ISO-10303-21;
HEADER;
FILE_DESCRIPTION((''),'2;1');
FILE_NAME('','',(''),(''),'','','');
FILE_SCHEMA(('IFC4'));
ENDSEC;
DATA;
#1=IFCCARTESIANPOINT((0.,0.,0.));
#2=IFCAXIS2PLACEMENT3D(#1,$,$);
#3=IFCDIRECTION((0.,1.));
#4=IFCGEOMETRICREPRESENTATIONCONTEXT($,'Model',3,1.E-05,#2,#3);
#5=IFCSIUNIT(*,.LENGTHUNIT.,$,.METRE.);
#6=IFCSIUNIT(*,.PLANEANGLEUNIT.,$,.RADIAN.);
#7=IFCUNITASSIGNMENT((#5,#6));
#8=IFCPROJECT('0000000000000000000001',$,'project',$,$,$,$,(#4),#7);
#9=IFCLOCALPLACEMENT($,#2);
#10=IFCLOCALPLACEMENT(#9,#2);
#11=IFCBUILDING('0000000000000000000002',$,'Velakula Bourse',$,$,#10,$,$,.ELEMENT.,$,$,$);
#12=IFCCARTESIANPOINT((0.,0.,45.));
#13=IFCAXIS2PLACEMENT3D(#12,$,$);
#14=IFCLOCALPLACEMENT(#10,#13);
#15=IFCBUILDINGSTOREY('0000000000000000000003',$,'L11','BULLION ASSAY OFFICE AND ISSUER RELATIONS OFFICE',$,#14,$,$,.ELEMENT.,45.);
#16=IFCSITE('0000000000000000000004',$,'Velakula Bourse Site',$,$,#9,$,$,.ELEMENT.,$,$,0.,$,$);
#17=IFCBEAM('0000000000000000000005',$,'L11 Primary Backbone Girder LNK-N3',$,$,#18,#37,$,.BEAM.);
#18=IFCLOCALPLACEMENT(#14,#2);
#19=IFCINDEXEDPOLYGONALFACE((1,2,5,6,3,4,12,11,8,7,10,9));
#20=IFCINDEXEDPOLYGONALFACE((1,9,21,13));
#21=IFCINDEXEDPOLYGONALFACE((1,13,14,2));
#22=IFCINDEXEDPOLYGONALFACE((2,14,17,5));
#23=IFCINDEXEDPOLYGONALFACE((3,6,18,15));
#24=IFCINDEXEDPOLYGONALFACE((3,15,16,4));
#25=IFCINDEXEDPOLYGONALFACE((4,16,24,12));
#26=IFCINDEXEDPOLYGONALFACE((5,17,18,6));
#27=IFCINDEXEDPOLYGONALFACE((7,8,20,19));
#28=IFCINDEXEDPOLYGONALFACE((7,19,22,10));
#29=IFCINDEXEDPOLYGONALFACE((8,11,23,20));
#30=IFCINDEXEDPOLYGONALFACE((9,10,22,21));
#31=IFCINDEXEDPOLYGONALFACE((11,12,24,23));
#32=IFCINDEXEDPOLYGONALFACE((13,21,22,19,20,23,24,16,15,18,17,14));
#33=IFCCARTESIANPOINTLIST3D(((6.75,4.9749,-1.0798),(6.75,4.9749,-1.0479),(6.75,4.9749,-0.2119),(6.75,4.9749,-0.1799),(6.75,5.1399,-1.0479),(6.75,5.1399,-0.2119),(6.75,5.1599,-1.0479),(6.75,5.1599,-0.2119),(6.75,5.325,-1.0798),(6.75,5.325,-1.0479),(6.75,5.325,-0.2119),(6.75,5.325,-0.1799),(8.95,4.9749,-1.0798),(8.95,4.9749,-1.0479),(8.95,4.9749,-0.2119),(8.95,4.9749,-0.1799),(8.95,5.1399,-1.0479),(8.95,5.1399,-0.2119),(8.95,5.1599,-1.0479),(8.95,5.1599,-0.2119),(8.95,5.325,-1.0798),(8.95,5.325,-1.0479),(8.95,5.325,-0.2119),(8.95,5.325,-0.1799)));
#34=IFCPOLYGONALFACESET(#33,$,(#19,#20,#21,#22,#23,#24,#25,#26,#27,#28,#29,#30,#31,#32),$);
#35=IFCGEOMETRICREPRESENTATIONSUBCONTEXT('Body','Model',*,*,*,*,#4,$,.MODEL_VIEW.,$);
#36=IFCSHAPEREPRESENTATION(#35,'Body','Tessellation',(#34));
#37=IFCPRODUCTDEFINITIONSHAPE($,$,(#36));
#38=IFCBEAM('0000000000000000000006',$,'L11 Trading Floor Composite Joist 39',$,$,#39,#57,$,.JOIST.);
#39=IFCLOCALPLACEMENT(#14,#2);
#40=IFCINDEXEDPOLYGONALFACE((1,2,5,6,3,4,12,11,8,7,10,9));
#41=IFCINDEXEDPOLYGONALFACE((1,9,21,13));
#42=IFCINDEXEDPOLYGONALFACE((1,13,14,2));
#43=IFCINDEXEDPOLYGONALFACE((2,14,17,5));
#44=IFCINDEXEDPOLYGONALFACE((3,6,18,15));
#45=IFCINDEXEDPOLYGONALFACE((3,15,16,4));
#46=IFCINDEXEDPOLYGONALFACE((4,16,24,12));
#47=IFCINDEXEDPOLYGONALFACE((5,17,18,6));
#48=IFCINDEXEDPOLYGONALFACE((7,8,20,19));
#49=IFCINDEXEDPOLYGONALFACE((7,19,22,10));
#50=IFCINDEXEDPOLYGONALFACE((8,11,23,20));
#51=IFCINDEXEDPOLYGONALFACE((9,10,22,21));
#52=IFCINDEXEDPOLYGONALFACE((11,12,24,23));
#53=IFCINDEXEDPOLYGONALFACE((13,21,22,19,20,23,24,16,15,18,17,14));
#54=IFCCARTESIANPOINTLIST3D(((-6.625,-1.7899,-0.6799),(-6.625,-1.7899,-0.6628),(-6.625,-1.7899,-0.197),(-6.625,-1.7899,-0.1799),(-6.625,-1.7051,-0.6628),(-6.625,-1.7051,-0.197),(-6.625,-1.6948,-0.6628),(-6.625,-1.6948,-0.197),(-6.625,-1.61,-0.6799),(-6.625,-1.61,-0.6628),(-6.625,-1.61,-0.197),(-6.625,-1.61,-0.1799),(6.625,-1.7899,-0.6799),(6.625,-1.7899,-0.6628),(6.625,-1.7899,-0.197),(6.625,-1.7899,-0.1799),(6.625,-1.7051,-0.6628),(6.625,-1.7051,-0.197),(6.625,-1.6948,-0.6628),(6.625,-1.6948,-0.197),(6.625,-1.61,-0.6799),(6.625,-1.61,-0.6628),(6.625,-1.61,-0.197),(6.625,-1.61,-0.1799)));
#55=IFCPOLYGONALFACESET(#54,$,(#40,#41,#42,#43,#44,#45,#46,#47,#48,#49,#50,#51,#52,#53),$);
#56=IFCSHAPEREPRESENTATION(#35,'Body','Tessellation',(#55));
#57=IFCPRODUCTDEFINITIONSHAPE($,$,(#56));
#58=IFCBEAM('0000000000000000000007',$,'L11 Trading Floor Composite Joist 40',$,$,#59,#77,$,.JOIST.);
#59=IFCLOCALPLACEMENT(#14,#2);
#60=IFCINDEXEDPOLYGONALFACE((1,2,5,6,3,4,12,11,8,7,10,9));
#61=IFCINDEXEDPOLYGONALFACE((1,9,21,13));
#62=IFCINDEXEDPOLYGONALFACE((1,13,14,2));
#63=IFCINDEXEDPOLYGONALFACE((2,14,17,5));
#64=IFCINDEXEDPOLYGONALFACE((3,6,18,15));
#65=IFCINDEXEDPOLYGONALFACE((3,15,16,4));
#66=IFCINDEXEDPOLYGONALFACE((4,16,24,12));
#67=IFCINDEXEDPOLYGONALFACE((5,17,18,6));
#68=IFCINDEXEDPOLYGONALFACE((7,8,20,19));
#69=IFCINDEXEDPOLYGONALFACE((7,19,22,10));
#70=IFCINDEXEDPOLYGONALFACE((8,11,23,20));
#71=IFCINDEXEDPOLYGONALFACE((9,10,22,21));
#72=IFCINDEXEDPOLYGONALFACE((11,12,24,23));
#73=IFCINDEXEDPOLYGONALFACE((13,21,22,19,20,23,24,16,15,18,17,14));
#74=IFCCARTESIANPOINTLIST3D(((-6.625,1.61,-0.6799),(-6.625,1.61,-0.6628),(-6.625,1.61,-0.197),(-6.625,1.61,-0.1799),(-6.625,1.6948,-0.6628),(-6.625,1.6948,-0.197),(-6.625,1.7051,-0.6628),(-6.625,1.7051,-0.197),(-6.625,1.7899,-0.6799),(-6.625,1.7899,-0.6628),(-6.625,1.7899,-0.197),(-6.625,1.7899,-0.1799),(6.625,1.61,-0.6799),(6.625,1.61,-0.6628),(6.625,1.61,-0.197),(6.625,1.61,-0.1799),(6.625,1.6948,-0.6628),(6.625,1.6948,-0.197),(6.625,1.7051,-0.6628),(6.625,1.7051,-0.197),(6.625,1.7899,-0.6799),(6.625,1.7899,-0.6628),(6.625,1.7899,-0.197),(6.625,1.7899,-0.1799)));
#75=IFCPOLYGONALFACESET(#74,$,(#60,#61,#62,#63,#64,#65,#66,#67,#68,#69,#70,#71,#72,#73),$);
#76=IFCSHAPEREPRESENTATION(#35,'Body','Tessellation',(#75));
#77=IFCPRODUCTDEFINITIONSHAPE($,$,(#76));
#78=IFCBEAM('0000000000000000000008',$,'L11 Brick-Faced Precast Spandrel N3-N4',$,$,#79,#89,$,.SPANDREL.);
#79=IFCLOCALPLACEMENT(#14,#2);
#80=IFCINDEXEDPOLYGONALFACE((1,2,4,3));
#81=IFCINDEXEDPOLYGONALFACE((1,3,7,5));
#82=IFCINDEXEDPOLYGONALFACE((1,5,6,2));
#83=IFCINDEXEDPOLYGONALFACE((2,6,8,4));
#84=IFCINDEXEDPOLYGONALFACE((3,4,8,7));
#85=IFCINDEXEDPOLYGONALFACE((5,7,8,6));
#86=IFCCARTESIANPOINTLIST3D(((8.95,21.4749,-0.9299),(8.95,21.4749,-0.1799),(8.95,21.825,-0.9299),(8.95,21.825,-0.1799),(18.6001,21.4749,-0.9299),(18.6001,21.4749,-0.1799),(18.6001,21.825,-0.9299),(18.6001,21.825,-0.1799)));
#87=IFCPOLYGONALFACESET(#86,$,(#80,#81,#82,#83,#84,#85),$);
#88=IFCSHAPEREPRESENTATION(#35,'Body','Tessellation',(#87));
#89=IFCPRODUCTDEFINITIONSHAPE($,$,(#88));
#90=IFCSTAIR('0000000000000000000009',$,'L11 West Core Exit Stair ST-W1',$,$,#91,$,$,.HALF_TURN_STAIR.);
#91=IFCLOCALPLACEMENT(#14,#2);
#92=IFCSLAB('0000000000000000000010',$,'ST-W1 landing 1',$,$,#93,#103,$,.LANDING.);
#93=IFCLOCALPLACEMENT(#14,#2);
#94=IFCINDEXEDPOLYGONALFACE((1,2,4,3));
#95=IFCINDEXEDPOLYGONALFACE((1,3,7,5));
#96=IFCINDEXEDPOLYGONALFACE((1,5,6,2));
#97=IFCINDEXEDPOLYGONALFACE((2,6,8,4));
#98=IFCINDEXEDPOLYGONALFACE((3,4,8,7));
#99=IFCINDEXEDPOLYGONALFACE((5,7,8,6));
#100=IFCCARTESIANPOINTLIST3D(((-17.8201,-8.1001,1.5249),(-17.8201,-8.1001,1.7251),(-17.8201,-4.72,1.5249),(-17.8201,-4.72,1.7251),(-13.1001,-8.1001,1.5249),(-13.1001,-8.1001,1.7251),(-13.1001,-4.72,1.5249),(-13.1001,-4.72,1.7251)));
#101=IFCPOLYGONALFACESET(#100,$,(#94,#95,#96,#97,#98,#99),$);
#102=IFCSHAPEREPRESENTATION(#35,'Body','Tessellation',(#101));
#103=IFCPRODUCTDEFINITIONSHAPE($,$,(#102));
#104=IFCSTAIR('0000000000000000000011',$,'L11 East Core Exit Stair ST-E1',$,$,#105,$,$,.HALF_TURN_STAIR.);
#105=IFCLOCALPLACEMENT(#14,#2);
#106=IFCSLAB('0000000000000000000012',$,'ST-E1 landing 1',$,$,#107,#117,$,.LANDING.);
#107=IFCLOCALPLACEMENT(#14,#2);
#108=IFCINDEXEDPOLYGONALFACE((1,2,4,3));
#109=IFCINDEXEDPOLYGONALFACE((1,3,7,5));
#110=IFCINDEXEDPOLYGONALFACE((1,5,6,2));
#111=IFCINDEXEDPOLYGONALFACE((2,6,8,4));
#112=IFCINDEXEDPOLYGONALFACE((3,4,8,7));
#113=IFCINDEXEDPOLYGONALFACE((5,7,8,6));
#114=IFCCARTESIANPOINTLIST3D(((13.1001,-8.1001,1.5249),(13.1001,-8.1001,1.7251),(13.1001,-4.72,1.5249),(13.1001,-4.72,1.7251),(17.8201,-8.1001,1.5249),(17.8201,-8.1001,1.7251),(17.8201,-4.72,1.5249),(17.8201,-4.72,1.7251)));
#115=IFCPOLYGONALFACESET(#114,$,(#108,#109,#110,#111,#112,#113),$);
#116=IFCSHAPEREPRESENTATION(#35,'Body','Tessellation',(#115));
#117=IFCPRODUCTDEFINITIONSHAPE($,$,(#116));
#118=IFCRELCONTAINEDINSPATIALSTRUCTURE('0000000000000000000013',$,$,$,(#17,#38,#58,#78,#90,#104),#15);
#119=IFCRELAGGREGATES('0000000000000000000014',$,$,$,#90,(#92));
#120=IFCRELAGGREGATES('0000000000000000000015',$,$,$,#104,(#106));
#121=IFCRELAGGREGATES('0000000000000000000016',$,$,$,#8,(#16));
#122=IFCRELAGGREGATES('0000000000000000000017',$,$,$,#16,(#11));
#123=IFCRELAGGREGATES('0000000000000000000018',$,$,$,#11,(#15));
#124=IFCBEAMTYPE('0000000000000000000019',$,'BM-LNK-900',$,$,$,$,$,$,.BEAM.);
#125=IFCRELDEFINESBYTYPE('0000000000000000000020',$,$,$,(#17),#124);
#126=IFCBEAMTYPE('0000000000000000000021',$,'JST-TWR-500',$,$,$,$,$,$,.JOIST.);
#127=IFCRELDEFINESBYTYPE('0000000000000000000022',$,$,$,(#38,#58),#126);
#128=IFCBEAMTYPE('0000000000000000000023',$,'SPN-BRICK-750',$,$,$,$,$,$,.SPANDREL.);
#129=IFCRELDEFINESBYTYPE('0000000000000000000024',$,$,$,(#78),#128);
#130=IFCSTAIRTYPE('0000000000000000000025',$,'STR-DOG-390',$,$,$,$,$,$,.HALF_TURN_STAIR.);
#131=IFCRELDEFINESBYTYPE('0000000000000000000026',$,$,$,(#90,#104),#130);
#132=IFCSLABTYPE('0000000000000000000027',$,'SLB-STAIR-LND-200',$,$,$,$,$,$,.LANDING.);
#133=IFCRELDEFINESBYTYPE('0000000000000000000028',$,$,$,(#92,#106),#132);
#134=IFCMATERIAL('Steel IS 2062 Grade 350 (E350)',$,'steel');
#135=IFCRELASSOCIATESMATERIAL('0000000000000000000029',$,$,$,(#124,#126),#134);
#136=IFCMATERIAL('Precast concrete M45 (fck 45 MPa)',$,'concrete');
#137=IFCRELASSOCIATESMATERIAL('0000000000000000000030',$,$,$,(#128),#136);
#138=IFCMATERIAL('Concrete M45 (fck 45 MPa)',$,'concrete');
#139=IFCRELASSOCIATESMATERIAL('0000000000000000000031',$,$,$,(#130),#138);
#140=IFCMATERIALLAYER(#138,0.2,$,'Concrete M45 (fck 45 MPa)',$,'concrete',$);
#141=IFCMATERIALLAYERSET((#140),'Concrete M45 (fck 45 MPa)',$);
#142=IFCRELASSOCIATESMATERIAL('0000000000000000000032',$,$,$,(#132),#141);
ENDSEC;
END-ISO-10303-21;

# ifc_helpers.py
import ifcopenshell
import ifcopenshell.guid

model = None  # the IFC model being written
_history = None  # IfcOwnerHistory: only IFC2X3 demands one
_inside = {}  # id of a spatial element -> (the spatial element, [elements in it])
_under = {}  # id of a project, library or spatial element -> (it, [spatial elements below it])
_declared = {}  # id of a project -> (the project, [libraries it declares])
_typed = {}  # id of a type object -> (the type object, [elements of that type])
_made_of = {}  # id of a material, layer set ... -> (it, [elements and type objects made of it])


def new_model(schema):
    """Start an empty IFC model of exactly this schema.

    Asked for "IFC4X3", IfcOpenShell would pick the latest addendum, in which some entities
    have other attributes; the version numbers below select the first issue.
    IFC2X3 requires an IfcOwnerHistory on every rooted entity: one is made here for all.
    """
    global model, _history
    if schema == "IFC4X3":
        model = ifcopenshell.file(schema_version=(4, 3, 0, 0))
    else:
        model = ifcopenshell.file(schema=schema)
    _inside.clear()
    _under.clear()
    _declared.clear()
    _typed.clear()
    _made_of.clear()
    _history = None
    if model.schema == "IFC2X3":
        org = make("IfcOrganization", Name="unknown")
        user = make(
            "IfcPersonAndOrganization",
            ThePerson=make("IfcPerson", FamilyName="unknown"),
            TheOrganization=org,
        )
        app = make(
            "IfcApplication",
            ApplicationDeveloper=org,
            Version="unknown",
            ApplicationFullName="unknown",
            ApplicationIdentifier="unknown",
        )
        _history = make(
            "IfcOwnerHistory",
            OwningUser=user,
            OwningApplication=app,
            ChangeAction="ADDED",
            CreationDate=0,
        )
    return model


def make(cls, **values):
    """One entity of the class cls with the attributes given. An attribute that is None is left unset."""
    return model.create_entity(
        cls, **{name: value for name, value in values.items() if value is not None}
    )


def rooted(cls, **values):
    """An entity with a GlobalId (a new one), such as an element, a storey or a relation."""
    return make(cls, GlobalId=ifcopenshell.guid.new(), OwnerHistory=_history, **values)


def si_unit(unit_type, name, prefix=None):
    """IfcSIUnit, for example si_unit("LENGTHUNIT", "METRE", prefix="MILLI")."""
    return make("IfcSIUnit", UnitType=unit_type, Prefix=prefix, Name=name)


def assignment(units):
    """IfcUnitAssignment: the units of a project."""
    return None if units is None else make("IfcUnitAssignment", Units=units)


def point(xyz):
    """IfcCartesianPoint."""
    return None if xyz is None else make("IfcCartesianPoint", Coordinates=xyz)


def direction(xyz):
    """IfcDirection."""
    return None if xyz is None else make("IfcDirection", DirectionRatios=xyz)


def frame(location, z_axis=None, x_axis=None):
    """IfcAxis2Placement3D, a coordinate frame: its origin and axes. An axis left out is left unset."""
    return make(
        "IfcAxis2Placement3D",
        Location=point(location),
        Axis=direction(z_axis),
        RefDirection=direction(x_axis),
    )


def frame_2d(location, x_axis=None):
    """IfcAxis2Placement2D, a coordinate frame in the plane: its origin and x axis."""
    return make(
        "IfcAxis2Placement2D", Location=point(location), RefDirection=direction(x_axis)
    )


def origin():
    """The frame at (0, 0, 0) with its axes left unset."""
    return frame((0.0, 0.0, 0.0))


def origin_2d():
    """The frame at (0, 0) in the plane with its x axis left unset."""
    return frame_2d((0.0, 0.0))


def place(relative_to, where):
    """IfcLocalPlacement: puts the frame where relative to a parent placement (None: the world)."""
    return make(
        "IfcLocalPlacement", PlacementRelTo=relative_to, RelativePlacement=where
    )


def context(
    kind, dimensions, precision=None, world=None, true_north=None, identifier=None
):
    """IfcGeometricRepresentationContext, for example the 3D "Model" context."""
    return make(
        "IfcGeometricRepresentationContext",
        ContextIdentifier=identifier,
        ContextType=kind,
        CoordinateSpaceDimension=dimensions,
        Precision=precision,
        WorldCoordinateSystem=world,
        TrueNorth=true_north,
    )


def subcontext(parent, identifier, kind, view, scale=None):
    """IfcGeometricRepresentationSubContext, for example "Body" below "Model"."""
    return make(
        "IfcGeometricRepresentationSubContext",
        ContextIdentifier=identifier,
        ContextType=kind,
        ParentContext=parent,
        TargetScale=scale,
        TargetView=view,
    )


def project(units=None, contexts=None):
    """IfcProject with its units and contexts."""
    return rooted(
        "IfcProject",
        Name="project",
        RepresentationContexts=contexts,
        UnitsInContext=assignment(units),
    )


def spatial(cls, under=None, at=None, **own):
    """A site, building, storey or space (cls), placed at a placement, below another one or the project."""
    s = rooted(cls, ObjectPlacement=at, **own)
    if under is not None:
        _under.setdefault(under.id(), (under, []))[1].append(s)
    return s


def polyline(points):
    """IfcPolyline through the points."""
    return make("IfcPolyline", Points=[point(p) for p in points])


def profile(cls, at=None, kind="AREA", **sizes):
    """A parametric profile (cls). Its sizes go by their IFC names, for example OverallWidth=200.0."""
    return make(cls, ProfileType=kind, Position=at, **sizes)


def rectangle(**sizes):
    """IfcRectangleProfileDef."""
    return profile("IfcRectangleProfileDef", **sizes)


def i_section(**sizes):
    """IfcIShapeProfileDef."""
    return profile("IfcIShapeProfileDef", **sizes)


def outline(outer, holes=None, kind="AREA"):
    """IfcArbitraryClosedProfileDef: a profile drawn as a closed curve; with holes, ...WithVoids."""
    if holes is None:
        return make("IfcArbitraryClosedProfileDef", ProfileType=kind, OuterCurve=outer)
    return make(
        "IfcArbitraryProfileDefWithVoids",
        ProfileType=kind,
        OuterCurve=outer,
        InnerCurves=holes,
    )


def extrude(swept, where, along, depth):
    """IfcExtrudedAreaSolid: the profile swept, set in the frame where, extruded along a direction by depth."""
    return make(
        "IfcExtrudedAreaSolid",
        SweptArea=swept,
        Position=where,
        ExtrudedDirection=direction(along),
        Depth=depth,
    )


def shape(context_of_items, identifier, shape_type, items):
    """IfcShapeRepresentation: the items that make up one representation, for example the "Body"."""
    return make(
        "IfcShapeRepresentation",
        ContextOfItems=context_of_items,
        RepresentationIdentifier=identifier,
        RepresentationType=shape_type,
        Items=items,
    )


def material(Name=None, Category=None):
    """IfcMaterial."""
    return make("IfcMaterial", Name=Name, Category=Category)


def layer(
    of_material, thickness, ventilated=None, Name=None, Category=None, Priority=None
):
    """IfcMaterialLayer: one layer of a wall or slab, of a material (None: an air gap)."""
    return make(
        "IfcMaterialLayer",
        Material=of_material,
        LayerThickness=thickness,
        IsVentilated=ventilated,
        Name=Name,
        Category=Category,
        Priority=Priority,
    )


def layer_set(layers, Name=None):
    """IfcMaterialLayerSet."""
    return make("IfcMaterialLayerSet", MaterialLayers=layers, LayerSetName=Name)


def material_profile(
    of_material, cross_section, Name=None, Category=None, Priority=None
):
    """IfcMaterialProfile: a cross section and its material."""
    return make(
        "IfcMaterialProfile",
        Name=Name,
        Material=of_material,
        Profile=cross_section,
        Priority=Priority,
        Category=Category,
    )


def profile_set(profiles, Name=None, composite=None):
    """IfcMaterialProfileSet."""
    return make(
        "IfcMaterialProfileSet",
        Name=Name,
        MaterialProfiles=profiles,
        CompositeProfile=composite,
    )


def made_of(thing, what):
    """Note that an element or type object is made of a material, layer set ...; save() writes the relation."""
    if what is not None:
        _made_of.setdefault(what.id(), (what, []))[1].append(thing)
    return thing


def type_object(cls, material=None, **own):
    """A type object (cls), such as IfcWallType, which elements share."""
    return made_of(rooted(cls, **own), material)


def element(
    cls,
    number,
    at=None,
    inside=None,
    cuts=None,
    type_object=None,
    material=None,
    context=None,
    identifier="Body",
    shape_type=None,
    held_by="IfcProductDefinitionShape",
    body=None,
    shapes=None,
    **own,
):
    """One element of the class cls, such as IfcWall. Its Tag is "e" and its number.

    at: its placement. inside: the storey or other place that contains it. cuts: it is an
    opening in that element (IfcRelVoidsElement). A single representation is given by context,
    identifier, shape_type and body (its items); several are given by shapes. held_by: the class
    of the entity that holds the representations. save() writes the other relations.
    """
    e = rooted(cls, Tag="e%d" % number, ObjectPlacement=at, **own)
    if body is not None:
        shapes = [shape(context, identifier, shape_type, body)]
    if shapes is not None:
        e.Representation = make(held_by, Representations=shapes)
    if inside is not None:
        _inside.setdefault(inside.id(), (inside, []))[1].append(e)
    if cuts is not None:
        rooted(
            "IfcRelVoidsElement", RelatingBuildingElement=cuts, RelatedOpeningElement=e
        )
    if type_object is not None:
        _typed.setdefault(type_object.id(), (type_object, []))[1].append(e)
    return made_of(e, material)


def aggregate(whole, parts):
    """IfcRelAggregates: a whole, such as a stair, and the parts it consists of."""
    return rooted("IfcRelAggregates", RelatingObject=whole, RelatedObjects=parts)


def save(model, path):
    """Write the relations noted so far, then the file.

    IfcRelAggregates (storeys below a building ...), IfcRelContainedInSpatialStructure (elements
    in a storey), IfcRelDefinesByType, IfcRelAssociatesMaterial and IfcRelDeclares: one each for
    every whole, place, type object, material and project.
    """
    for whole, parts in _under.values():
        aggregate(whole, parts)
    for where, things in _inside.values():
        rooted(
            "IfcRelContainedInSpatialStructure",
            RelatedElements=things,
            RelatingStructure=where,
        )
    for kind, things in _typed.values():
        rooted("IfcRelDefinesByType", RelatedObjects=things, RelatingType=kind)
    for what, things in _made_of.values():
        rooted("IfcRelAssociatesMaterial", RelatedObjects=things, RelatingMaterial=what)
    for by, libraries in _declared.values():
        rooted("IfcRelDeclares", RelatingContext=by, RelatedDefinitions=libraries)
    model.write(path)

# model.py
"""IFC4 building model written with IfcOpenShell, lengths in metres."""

from ifc_helpers import new_model, si_unit, direction, frame, origin, origin_2d, place, context, subcontext, project, spatial, polyline, rectangle, i_section, outline, extrude, material, layer, layer_set, material_profile, profile_set, type_object, element, aggregate, save


model = new_model("IFC4")

# Units and contexts
model_context = context("Model", 3, precision=1e-05, world=origin(), true_north=direction((0.0, 1.0)))
body_context = subcontext(model_context, "Body", "Model", "MODEL_VIEW")
ifc_project = project(units=[si_unit("LENGTHUNIT", "METRE"), si_unit("PLANEANGLEUNIT", "RADIAN")], contexts=[model_context])

# Site, building, storey
site_placement = place(None, origin())
site = spatial("IfcSite", under=ifc_project, at=site_placement, Name="Velakula Bourse Site", CompositionType="ELEMENT", RefElevation=0.0)
building_placement = place(site_placement, origin())
building = spatial("IfcBuilding", under=site, at=building_placement, Name="Velakula Bourse", CompositionType="ELEMENT")
storey_placement = place(building_placement, frame((0.0, 0.0, 45.0)))
storey = spatial("IfcBuildingStorey", under=building, at=storey_placement, Name="L11", Description="BULLION ASSAY OFFICE AND ISSUER RELATIONS OFFICE", CompositionType="ELEMENT", Elevation=45.0)

# Beams
ifc_material_1 = material(Name="Steel IS 2062 Grade 350 (E350)", Category="steel")
ifc_material_profile_1 = material_profile(ifc_material_1, i_section(OverallWidth=0.3501, OverallDepth=0.8999, WebThickness=0.02, FlangeThickness=0.032, at=origin_2d()), Name="Steel IS 2062 Grade 350 (E350)")
ifc_profile_set_1 = profile_set([ifc_material_profile_1], Name="Steel IS 2062 Grade 350 (E350)")
beam_type_1 = type_object("IfcBeamType", Name="BM-LNK-900", PredefinedType="BEAM", material=ifc_profile_set_1)
beam_1_placement = place(storey_placement, frame((6.75, 5.1499, -0.6299), z_axis=(1.0, 0.0, 0.0), x_axis=(0.0, 1.0, 0.0)))
element("IfcBeam", 1, at=beam_1_placement, inside=storey, type_object=beam_type_1, Name="L11 Primary Backbone Girder LNK-N3", PredefinedType="BEAM", context=body_context, shape_type="SweptSolid", body=[
    extrude(i_section(OverallWidth=0.3501, OverallDepth=0.8999, WebThickness=0.02, FlangeThickness=0.032, at=origin_2d()), origin(), (0.0, 0.0, 1.0), 2.2),
])
ifc_material_profile_2 = material_profile(ifc_material_1, i_section(OverallWidth=0.1799, OverallDepth=0.5, WebThickness=0.0103, FlangeThickness=0.0171, at=origin_2d()), Name="Steel IS 2062 Grade 350 (E350)")
ifc_profile_set_2 = profile_set([ifc_material_profile_2], Name="Steel IS 2062 Grade 350 (E350)")
beam_type_2 = type_object("IfcBeamType", Name="JST-TWR-500", PredefinedType="JOIST", material=ifc_profile_set_2)
for number, where, z_axis, x_axis, name in (
    (2, (-6.625, -1.7, -0.4299), (1.0, 0.0, 0.0), (0.0, 1.0, 0.0), "L11 Trading Floor Composite Joist 39"),
    (3, (-6.625, 1.7, -0.4299), (1.0, 0.0, 0.0), (0.0, 1.0, 0.0), "L11 Trading Floor Composite Joist 40"),
):
    element("IfcBeam", number, at=place(storey_placement, frame(where, z_axis=z_axis, x_axis=x_axis)), inside=storey, type_object=beam_type_2, Name=name, PredefinedType="JOIST", context=body_context, shape_type="SweptSolid", body=[
        extrude(i_section(OverallWidth=0.1799, OverallDepth=0.5, WebThickness=0.0103, FlangeThickness=0.0171, at=origin_2d()), origin(), (0.0, 0.0, 1.0), 13.25),
    ])
ifc_material_2 = material(Name="Precast concrete M45 (fck 45 MPa)", Category="concrete")
ifc_material_profile_3 = material_profile(ifc_material_2, rectangle(XDim=0.3501, YDim=0.75, at=origin_2d()), Name="Precast concrete M45 (fck 45 MPa)")
ifc_profile_set_3 = profile_set([ifc_material_profile_3], Name="Precast concrete M45 (fck 45 MPa)")
beam_type_3 = type_object("IfcBeamType", Name="SPN-BRICK-750", PredefinedType="SPANDREL", material=ifc_profile_set_3)
beam_2_placement = place(storey_placement, frame((8.95, 21.6499, -0.5549), z_axis=(1.0, 0.0, 0.0), x_axis=(0.0, 1.0, 0.0)))
element("IfcBeam", 4, at=beam_2_placement, inside=storey, type_object=beam_type_3, Name="L11 Brick-Faced Precast Spandrel N3-N4", PredefinedType="SPANDREL", context=body_context, shape_type="SweptSolid", body=[
    extrude(rectangle(XDim=0.3501, YDim=0.75, at=origin_2d()), origin(), (0.0, 0.0, 1.0), 9.6501),
])

# Stairs, slabs
ifc_material_3 = material(Name="Concrete M45 (fck 45 MPa)", Category="concrete")
stair_type = type_object("IfcStairType", Name="STR-DOG-390", PredefinedType="HALF_TURN_STAIR", material=ifc_material_3)
stair_1_placement = place(storey_placement, origin())
stair_1 = element("IfcStair", 5, at=stair_1_placement, inside=storey, type_object=stair_type, Name="L11 West Core Exit Stair ST-W1", PredefinedType="HALF_TURN_STAIR")
ifc_layer_1 = layer(ifc_material_3, 0.2, Name="Concrete M45 (fck 45 MPa)", Category="concrete")
ifc_layer_set_1 = layer_set([ifc_layer_1], Name="Concrete M45 (fck 45 MPa)")
slab_type_1 = type_object("IfcSlabType", Name="SLB-STAIR-LND-200", PredefinedType="LANDING", material=ifc_layer_set_1)
slab_1_placement = place(storey_placement, frame((0.0, 0.0, 1.5249)))
slab_1 = element("IfcSlab", 6, at=slab_1_placement, type_object=slab_type_1, Name="ST-W1 landing 1", PredefinedType="LANDING", context=body_context, shape_type="SweptSolid", body=[
    extrude(outline(polyline([(-17.8201, -4.72), (-17.8201, -8.1001), (-13.1001, -8.1001), (-13.1001, -4.72), (-17.8201, -4.72)])), origin(), (0.0, 0.0, 1.0), 0.2002),
])
aggregate(stair_1, [slab_1])
stair_2_placement = place(storey_placement, origin())
stair_2 = element("IfcStair", 7, at=stair_2_placement, inside=storey, type_object=stair_type, Name="L11 East Core Exit Stair ST-E1", PredefinedType="HALF_TURN_STAIR")
slab_2_placement = place(storey_placement, frame((0.0, 0.0, 1.5249)))
slab_2 = element("IfcSlab", 8, at=slab_2_placement, type_object=slab_type_1, Name="ST-E1 landing 1", PredefinedType="LANDING", context=body_context, shape_type="SweptSolid", body=[
    extrude(outline(polyline([(13.1001, -4.72), (13.1001, -8.1001), (17.8201, -8.1001), (17.8201, -4.72), (13.1001, -4.72)])), origin(), (0.0, 0.0, 1.0), 0.2002),
])
aggregate(stair_2, [slab_2])

save(model, "model.ifc")
